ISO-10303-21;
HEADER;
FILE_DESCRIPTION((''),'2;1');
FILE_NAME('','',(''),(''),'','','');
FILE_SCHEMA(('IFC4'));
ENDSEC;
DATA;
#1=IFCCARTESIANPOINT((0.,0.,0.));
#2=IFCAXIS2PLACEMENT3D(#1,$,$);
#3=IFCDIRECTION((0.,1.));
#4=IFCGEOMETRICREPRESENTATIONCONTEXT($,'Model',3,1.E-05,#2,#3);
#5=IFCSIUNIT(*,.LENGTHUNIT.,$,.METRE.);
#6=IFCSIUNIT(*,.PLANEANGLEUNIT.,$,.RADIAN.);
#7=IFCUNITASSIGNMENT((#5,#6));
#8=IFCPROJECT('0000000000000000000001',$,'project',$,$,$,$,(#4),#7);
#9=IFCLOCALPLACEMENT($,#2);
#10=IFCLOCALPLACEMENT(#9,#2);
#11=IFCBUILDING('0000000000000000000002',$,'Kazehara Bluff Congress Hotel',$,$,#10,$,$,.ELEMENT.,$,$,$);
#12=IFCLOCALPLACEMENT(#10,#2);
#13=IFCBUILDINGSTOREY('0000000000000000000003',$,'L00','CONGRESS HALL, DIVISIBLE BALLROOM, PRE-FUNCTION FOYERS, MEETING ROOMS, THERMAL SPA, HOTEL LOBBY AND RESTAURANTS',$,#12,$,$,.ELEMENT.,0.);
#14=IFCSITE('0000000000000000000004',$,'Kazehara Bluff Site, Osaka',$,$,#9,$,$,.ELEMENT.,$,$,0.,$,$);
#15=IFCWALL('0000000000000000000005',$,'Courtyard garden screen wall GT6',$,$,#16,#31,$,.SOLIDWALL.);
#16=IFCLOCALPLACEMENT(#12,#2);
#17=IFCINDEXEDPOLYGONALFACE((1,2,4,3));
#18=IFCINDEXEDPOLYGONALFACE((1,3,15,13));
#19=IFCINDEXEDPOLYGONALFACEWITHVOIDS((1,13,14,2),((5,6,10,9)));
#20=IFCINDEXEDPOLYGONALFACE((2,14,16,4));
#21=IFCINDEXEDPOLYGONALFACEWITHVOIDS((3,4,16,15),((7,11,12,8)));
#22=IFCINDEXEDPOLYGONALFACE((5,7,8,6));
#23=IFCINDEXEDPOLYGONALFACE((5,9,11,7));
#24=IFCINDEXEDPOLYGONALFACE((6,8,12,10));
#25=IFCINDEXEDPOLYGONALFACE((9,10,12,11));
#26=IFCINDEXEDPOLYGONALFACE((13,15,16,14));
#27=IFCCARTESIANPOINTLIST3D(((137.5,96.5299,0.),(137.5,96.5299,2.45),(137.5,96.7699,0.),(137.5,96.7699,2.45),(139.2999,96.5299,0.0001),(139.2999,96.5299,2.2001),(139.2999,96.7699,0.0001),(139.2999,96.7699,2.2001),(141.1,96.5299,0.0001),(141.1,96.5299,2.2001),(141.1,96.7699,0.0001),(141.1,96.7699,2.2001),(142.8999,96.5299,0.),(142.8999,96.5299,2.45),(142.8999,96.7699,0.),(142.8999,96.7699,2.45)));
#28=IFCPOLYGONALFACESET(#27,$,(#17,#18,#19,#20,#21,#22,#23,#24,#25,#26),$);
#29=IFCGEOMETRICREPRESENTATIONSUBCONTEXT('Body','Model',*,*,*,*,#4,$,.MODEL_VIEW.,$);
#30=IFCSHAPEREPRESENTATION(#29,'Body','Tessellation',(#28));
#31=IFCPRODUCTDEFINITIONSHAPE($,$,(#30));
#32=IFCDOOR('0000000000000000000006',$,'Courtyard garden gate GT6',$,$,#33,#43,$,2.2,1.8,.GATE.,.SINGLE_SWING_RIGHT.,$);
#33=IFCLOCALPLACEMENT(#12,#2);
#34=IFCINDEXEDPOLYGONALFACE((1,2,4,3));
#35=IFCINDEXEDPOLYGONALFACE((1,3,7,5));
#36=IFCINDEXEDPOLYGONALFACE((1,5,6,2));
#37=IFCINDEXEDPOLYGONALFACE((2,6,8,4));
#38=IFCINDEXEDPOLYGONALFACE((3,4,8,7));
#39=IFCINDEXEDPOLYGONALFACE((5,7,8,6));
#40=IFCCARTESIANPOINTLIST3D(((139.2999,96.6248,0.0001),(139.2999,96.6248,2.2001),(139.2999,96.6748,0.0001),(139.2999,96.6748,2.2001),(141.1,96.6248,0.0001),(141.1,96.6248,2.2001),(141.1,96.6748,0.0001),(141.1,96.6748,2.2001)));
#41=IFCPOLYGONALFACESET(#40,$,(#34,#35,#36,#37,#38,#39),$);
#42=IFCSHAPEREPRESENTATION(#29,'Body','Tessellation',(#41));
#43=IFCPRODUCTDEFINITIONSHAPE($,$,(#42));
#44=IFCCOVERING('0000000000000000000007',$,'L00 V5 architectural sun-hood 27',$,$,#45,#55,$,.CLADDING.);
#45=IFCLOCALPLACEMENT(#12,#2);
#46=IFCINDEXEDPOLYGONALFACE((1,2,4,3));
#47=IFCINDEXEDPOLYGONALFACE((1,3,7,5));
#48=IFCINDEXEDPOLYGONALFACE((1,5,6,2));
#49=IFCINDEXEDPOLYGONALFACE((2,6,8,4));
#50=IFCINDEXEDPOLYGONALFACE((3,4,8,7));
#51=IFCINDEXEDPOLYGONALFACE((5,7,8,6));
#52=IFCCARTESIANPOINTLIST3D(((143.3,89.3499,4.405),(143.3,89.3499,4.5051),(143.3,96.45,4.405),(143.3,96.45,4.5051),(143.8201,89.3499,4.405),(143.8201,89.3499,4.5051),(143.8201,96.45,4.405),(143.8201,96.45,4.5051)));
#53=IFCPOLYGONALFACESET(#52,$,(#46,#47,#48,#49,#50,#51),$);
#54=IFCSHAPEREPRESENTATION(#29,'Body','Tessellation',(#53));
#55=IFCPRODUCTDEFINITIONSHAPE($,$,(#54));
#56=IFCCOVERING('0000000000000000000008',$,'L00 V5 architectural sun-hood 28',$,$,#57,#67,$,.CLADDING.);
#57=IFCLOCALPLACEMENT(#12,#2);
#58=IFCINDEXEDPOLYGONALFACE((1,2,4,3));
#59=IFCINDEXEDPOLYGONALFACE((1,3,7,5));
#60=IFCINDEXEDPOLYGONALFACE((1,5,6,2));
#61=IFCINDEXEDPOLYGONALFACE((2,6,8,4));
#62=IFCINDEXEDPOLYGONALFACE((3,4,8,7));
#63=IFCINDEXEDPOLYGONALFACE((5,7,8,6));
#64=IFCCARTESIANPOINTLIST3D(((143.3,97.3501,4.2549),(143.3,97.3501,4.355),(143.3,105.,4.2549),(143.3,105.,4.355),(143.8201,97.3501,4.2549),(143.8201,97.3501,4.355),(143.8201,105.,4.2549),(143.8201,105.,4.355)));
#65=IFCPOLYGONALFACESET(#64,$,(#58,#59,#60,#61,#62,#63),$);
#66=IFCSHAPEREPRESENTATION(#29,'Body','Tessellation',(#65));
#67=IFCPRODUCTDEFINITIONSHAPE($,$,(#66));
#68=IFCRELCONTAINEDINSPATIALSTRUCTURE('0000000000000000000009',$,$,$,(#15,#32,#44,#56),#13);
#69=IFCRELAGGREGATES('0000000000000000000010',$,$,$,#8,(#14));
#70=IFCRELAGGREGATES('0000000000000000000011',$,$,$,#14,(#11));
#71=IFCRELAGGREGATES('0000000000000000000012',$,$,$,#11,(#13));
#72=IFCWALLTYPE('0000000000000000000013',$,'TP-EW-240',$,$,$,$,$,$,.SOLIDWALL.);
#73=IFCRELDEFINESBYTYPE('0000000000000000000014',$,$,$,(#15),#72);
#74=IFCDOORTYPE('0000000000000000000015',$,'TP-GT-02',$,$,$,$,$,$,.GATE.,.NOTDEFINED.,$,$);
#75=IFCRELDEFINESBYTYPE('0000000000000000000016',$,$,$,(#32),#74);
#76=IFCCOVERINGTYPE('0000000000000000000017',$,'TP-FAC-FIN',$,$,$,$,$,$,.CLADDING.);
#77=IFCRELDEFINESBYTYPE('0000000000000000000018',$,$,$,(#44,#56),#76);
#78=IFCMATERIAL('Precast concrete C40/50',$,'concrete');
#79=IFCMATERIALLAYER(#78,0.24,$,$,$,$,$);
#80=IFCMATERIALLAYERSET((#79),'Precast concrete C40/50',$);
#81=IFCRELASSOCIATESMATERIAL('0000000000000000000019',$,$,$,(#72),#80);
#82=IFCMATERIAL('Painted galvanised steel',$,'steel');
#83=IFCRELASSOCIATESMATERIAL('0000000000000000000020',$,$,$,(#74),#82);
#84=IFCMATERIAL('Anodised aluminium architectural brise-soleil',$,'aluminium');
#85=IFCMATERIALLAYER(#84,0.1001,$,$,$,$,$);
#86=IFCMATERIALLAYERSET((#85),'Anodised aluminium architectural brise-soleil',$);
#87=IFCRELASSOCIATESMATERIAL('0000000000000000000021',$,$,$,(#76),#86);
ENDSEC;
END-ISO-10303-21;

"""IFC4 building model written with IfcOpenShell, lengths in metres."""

from ifc_helpers import new_model, si_unit, direction, frame, frame_2d, origin, origin_2d, place, context, subcontext, project, spatial, rectangle, extrude, material, layer, layer_set, type_object, element, fill, save


model = new_model("IFC4")

# Units and contexts
model_context = context("Model", 3, precision=1e-05, world=origin(), true_north=direction((0.0, 1.0)))
body_context = subcontext(model_context, "Body", "Model", "MODEL_VIEW")
ifc_project = project(units=[si_unit("LENGTHUNIT", "METRE"), si_unit("PLANEANGLEUNIT", "RADIAN")], contexts=[model_context])

# Site, building, storey
site_placement = place(None, origin())
site = spatial("IfcSite", under=ifc_project, at=site_placement, Name="Kazehara Bluff Site, Osaka", CompositionType="ELEMENT", RefElevation=0.0)
building_placement = place(site_placement, origin())
building = spatial("IfcBuilding", under=site, at=building_placement, Name="Kazehara Bluff Congress Hotel", CompositionType="ELEMENT")
storey_placement = place(building_placement, origin())
storey = spatial("IfcBuildingStorey", under=building, at=storey_placement, Name="L00", Description="CONGRESS HALL, DIVISIBLE BALLROOM, PRE-FUNCTION FOYERS, MEETING ROOMS, THERMAL SPA, HOTEL LOBBY AND RESTAURANTS", CompositionType="ELEMENT", Elevation=0.0)

# Wall, opening, door
ifc_material_1 = material(Name="Precast concrete C40/50", Category="concrete")
ifc_layer_1 = layer(ifc_material_1, 0.24)
ifc_layer_set_1 = layer_set([ifc_layer_1], Name="Precast concrete C40/50")
wall_type = type_object("IfcWallType", Name="TP-EW-240", PredefinedType="SOLIDWALL", material=ifc_layer_set_1)
ifc_material_2 = material(Name="Painted galvanised steel", Category="steel")
door_type_1 = type_object("IfcDoorType", Name="TP-GT-02", OperationType="NOTDEFINED", PredefinedType="GATE", material=ifc_material_2)
wall_1_placement = place(storey_placement, frame((137.5, 96.6499, 0.0), z_axis=(0.0, 0.0, 1.0), x_axis=(1.0, 0.0, 0.0)))
wall_1 = element("IfcWall", 1, at=wall_1_placement, inside=storey, type_object=wall_type, Name="Courtyard garden screen wall GT6", PredefinedType="SOLIDWALL", context=body_context, shape_type="SweptSolid", body=[
    extrude(rectangle(XDim=5.3999, YDim=0.24, at=frame_2d((2.7, 0.0))), origin(), (0.0, 0.0, 1.0), 2.45),
])
opening_1_placement = place(wall_1_placement, frame((1.8, 0.0, 0.0)))
opening_1 = element("IfcOpeningElement", 2, at=opening_1_placement, cuts=wall_1, PredefinedType="OPENING", context=body_context, shape_type="SweptSolid", body=[
    extrude(rectangle(XDim=1.8, YDim=2.2, at=frame_2d((0.8999, 1.1001))), frame((0.0, 0.1299, 0.0), z_axis=(0.0, -1.0, 0.0), x_axis=(1.0, 0.0, 0.0)), (0.0, 0.0, 1.0), 0.26),
])
door_1_placement = place(opening_1_placement, origin())
door_1 = element("IfcDoor", 3, at=door_1_placement, inside=storey, type_object=door_type_1, Name="Courtyard garden gate GT6", OperationType="SINGLE_SWING_RIGHT", OverallHeight=2.2, OverallWidth=1.8, PredefinedType="GATE", context=body_context, shape_type="SweptSolid", body=[
    extrude(rectangle(XDim=1.8, YDim=2.2, at=frame_2d((0.8999, 1.1001))), frame((0.0, 0.0249, 0.0), z_axis=(0.0, -1.0, 0.0), x_axis=(1.0, 0.0, 0.0)), (0.0, 0.0, 1.0), 0.05),
])
fill(opening_1, door_1)

# Coverings
ifc_material_3 = material(Name="Anodised aluminium architectural brise-soleil", Category="aluminium")
ifc_layer_2 = layer(ifc_material_3, 0.1001)
ifc_layer_set_2 = layer_set([ifc_layer_2], Name="Anodised aluminium architectural brise-soleil")
covering_type = type_object("IfcCoveringType", Name="TP-FAC-FIN", PredefinedType="CLADDING", material=ifc_layer_set_2)
covering_1_placement = place(storey_placement, frame((143.5601, 92.8999, 4.405), z_axis=(0.0, 0.0, 1.0), x_axis=(1.0, 0.0, 0.0)))
element("IfcCovering", 4, at=covering_1_placement, inside=storey, type_object=covering_type, Name="L00 V5 architectural sun-hood 27", PredefinedType="CLADDING", context=body_context, shape_type="SweptSolid", body=[
    extrude(rectangle(XDim=0.52, YDim=7.1001, at=origin_2d()), origin(), (0.0, 0.0, 1.0), 0.1001),
])
covering_2_placement = place(storey_placement, frame((143.5601, 101.175, 4.2549), z_axis=(0.0, 0.0, 1.0), x_axis=(1.0, 0.0, 0.0)))
element("IfcCovering", 5, at=covering_2_placement, inside=storey, type_object=covering_type, Name="L00 V5 architectural sun-hood 28", PredefinedType="CLADDING", context=body_context, shape_type="SweptSolid", body=[
    extrude(rectangle(XDim=0.52, YDim=7.6499, at=origin_2d()), origin(), (0.0, 0.0, 1.0), 0.1001),
])

save(model, "model.ifc")
